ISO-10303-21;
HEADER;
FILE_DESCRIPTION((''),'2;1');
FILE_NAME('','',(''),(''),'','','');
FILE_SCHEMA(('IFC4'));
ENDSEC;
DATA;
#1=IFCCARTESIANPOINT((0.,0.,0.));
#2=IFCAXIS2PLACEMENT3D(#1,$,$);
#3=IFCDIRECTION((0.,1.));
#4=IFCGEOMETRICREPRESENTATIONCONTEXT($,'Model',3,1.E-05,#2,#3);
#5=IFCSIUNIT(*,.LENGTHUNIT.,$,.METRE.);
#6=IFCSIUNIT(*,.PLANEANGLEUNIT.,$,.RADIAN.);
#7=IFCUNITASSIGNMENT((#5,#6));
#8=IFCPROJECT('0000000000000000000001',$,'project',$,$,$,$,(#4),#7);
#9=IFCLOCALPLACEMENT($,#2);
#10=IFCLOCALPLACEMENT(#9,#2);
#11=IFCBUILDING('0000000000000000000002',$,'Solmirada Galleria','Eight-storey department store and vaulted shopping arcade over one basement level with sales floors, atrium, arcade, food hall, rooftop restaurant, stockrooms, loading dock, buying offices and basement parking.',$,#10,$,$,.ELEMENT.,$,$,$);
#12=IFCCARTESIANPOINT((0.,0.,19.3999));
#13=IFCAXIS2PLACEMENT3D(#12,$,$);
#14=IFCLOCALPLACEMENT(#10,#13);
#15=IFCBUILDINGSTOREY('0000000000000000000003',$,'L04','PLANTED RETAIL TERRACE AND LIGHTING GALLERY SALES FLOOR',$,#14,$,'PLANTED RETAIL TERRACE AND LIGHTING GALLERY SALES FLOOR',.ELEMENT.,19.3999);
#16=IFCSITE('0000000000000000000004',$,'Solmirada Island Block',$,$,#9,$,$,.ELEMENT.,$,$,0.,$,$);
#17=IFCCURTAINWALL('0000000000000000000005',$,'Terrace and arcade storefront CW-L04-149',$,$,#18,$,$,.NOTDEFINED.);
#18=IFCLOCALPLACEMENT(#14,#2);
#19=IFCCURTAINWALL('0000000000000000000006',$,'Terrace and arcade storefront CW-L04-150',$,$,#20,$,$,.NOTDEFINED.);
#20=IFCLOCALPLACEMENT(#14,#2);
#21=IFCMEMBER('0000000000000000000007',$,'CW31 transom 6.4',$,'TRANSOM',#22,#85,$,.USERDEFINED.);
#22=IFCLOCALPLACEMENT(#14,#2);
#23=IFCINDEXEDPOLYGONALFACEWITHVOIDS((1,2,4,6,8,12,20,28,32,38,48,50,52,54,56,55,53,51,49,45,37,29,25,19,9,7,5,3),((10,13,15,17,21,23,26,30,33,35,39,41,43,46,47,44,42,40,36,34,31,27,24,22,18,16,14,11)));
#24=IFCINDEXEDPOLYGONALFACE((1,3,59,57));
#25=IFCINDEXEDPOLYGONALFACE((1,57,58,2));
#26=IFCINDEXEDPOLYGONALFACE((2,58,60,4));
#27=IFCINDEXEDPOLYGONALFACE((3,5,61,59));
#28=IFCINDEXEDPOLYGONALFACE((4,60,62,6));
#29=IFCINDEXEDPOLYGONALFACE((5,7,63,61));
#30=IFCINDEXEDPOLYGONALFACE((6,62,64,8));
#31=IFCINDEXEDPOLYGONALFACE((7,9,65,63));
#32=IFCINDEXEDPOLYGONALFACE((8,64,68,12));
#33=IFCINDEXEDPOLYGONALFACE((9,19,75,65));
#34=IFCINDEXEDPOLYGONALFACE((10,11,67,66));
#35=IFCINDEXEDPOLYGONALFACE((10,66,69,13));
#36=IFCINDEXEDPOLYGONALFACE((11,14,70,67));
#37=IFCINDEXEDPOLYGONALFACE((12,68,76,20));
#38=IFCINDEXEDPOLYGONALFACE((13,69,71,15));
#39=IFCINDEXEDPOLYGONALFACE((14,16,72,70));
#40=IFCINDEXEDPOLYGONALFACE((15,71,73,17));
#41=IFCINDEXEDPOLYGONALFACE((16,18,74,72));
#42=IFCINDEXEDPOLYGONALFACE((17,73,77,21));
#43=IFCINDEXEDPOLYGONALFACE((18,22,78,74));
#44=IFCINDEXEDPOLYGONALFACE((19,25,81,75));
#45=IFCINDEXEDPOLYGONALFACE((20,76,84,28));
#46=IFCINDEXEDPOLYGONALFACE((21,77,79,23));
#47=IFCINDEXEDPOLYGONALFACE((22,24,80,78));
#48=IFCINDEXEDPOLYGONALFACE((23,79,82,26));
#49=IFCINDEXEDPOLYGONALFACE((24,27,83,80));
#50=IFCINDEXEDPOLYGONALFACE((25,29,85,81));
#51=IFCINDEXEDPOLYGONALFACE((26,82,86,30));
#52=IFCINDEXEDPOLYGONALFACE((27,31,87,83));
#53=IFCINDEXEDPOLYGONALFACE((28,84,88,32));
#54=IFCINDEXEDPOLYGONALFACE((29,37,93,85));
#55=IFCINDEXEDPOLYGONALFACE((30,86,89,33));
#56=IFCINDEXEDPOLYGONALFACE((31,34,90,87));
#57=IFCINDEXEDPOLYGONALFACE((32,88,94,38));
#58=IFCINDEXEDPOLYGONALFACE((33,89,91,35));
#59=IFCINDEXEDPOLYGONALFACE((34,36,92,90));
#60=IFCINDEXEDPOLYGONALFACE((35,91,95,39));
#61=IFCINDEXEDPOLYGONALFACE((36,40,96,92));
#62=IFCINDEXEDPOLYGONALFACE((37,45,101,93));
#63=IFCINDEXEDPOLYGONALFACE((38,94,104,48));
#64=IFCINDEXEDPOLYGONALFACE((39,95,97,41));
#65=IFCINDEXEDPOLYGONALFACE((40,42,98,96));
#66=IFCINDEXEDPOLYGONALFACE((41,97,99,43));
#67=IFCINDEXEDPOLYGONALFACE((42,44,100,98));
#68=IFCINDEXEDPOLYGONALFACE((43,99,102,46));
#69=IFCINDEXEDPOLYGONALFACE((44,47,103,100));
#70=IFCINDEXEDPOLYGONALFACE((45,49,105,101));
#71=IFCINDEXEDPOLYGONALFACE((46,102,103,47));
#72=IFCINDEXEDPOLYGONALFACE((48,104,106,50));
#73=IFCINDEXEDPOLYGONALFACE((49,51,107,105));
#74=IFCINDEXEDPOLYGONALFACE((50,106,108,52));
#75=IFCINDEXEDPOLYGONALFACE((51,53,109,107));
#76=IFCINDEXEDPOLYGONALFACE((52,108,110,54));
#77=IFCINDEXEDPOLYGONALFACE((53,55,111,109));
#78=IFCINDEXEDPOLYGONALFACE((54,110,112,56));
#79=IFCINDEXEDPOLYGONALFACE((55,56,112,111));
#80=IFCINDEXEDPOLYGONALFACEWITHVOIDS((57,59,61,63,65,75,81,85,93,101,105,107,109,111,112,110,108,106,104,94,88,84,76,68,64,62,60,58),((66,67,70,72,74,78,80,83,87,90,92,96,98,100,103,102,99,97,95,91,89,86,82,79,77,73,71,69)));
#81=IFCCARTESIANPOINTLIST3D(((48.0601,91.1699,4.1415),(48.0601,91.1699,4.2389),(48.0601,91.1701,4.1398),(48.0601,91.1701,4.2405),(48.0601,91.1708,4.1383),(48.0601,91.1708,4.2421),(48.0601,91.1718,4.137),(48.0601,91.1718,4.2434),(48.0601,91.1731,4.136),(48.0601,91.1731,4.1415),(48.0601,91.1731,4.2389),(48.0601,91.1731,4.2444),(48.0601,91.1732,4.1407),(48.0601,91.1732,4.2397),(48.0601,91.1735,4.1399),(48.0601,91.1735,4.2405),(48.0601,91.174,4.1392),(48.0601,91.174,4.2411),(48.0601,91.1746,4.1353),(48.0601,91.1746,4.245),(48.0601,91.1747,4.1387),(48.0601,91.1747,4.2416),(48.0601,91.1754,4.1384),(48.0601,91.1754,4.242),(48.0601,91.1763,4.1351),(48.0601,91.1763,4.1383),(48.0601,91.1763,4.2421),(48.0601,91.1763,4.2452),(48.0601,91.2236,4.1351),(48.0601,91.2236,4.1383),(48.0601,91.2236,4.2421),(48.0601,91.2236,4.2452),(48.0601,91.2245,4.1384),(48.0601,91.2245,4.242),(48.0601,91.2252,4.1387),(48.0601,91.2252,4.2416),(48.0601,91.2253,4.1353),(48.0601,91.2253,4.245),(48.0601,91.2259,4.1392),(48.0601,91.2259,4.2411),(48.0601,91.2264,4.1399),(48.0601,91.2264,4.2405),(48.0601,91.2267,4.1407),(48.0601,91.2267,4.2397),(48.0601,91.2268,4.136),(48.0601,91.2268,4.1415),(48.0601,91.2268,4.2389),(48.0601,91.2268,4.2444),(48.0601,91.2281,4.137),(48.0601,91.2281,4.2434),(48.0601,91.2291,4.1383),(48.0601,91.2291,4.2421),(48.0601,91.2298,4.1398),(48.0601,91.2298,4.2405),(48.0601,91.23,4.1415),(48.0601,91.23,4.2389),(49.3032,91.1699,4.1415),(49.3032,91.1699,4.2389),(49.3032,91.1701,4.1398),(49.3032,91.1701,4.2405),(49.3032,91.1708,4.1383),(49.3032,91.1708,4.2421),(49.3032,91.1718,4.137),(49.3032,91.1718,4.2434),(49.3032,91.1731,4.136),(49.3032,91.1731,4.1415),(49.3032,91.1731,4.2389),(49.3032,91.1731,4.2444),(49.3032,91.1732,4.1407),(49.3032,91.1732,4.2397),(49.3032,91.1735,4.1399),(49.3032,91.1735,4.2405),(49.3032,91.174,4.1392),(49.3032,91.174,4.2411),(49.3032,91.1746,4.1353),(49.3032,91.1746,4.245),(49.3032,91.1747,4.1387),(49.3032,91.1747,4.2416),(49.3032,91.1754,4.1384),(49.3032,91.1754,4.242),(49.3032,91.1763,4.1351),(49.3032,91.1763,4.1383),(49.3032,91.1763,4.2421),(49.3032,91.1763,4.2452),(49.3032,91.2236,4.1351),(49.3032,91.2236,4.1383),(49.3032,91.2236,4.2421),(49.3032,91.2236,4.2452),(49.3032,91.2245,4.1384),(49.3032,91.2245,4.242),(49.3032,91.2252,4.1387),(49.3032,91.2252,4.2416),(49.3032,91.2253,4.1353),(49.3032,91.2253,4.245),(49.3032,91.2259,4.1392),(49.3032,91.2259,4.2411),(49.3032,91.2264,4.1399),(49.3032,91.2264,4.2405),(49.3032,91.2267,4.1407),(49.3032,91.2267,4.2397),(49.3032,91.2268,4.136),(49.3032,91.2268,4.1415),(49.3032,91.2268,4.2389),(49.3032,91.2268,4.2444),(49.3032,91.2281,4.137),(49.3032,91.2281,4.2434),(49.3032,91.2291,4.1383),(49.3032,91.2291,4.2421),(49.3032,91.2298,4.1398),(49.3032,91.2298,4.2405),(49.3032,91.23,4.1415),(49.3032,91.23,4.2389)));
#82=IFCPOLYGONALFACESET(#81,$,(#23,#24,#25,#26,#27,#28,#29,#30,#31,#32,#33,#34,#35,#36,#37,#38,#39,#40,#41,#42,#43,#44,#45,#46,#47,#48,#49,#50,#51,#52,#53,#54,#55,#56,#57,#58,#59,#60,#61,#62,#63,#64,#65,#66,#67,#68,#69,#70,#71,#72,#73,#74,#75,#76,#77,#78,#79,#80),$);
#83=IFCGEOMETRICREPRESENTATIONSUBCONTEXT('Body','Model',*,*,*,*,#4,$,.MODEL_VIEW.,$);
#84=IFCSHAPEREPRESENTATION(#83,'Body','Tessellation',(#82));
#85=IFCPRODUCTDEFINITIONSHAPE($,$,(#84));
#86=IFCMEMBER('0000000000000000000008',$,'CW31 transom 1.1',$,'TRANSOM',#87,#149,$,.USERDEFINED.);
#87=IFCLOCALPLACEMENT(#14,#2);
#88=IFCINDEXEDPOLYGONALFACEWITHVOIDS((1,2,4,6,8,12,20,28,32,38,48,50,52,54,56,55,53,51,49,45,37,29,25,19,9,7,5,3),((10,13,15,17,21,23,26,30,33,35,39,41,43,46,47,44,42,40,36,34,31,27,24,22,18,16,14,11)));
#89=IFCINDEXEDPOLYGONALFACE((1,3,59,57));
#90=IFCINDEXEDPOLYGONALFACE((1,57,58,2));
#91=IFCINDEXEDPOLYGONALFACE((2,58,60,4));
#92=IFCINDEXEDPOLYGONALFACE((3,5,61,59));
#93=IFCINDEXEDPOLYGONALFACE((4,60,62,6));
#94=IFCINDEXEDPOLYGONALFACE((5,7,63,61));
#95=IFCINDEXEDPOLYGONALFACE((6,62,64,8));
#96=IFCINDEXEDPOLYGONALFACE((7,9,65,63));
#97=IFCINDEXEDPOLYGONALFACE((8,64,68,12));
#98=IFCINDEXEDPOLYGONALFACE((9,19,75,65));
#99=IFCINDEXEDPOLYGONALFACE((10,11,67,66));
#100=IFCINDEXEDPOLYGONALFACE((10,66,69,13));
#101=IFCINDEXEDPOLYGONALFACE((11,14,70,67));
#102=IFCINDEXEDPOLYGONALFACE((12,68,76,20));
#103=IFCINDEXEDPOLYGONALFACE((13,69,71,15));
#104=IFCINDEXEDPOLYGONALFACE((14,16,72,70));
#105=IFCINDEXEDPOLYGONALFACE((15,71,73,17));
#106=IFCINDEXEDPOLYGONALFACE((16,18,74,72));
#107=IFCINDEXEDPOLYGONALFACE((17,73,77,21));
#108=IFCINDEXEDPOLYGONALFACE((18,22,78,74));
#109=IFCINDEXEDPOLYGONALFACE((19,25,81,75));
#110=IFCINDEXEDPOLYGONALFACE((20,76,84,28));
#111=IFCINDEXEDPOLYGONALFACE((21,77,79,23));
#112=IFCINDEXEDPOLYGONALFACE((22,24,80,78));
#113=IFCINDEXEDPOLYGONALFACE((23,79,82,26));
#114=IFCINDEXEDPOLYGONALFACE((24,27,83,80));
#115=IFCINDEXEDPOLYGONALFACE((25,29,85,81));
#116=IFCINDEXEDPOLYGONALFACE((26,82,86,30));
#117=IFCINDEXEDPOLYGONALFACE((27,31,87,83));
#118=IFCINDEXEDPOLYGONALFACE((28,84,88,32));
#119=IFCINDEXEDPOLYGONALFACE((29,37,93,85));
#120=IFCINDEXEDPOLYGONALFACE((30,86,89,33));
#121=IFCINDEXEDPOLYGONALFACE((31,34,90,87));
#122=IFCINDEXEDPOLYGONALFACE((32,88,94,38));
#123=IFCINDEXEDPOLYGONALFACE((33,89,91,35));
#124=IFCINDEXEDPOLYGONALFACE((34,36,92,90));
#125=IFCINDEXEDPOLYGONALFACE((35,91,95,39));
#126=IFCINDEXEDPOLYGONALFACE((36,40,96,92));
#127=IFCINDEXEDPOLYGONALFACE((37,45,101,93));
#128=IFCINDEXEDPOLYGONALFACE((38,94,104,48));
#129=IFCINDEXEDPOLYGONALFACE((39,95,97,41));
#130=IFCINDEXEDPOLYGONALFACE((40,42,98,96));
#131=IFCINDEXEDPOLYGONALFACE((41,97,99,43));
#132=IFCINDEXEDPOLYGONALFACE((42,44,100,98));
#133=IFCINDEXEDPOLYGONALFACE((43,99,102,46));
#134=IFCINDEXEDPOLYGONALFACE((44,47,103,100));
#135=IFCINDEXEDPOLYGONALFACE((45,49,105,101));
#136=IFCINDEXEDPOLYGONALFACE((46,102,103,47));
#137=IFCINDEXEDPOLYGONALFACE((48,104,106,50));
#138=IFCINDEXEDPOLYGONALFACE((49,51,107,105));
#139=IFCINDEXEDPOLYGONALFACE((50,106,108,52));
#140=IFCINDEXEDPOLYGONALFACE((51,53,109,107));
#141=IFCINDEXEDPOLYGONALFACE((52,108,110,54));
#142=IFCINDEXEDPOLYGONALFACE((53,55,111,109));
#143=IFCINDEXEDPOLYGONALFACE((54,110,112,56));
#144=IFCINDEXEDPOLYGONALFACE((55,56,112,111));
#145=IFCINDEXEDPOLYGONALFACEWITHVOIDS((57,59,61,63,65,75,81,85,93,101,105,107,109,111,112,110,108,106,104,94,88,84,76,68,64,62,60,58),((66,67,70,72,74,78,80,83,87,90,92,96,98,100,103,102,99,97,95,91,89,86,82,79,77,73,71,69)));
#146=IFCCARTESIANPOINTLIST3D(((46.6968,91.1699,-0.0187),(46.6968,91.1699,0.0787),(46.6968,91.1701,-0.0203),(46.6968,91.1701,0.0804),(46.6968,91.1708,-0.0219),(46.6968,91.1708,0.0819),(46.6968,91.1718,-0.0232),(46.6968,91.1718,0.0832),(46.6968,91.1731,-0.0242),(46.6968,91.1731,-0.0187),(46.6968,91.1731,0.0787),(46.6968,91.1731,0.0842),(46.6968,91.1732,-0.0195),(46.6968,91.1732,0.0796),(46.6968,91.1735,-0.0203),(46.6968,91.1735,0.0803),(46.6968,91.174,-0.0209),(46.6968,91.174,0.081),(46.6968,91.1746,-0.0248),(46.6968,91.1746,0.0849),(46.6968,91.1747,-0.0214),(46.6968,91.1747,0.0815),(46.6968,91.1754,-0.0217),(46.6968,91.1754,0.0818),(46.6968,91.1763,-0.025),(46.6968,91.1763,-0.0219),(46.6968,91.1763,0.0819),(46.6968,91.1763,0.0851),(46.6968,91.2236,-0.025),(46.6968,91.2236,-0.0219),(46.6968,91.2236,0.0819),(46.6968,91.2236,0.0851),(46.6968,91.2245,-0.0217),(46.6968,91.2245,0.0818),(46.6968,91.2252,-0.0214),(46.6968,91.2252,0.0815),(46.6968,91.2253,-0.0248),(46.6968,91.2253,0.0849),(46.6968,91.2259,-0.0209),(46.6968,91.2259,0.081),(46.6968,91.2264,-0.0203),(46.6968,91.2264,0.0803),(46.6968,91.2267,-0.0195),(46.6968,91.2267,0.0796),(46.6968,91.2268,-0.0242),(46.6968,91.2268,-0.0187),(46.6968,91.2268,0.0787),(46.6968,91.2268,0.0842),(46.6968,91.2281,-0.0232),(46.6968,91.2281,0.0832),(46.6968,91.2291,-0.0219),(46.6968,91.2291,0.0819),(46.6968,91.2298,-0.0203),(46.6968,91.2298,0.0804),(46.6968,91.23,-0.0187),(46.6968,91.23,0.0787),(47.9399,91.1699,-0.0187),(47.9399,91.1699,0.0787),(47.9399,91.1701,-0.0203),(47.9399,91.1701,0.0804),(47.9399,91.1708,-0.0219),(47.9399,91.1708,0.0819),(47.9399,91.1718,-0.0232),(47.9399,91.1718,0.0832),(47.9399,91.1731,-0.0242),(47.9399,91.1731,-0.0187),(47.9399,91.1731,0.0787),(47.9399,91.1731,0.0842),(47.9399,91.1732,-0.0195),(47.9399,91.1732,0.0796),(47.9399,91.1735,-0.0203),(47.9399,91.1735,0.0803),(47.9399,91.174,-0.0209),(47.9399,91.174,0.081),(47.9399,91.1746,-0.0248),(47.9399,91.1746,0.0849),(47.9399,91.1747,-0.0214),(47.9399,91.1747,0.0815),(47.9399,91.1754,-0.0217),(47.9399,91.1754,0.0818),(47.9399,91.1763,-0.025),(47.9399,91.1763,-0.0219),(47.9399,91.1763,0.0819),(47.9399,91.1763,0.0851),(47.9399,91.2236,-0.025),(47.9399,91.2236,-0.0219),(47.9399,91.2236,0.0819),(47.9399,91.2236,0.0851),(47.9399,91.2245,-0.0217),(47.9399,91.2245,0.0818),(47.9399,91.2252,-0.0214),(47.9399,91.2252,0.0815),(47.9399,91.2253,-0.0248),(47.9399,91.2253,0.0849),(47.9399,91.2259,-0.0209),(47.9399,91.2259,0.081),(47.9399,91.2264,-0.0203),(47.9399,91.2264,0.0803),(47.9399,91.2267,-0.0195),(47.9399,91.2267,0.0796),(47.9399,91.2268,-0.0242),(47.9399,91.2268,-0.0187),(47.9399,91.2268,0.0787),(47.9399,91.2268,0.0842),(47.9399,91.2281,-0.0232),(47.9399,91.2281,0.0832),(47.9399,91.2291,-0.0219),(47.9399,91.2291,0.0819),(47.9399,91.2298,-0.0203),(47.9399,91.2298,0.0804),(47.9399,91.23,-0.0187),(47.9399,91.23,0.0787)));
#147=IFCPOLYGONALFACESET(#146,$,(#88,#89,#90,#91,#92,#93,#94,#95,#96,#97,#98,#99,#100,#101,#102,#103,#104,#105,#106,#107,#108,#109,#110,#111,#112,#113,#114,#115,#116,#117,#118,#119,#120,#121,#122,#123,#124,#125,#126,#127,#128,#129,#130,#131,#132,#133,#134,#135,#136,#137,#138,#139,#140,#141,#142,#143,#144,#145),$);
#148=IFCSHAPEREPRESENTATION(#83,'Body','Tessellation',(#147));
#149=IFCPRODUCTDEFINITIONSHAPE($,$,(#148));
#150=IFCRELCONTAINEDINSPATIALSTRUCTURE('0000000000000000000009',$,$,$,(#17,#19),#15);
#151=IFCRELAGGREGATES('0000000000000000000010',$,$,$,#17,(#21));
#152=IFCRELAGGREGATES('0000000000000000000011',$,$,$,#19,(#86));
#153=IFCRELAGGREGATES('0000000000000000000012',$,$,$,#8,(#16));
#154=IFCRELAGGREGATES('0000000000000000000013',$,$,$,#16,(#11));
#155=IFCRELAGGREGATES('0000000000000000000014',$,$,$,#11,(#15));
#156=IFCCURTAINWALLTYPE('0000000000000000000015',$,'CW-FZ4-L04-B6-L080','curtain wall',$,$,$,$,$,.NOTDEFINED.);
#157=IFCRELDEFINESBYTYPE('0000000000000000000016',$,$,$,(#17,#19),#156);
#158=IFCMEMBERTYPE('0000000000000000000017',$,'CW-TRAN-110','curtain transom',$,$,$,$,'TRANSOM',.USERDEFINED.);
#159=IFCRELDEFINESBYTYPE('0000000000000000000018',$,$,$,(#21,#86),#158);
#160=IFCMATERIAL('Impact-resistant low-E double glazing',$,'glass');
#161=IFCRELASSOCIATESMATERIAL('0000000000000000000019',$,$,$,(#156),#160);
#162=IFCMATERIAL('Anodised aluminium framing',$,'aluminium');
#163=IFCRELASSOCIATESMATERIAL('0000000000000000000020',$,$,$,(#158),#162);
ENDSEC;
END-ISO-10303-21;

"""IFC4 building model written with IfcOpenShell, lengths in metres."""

from ifc_helpers import new_model, si_unit, direction, frame, origin, origin_2d, place, context, subcontext, project, spatial, hollow_rectangle, extrude, material, material_profile, profile_set, type_object, element, aggregate, save


model = new_model("IFC4")

# Units and contexts
model_context = context("Model", 3, precision=1e-05, world=origin(), true_north=direction((0.0, 1.0)))
body_context = subcontext(model_context, "Body", "Model", "MODEL_VIEW")
ifc_project = project(units=[si_unit("LENGTHUNIT", "METRE"), si_unit("PLANEANGLEUNIT", "RADIAN")], contexts=[model_context])

# Site, building, storey
site_placement = place(None, origin())
site = spatial("IfcSite", under=ifc_project, at=site_placement, Name="Solmirada Island Block", CompositionType="ELEMENT", RefElevation=0.0)
building_placement = place(site_placement, origin())
building = spatial("IfcBuilding", under=site, at=building_placement, Name="Solmirada Galleria", Description="Eight-storey department store and vaulted shopping arcade over one basement level with sales floors, atrium, arcade, food hall, rooftop restaurant, stockrooms, loading dock, buying offices and basement parking.", CompositionType="ELEMENT")
storey_placement = place(building_placement, frame((0.0, 0.0, 19.3999)))
storey = spatial("IfcBuildingStorey", under=building, at=storey_placement, Name="L04", Description="PLANTED RETAIL TERRACE AND LIGHTING GALLERY SALES FLOOR", LongName="PLANTED RETAIL TERRACE AND LIGHTING GALLERY SALES FLOOR", CompositionType="ELEMENT", Elevation=19.3999)

# Curtain walls
ifc_material_1 = material(Name="Impact-resistant low-E double glazing", Category="glass")
curtain_wall_type = type_object("IfcCurtainWallType", Name="CW-FZ4-L04-B6-L080", Description="curtain wall", PredefinedType="NOTDEFINED", material=ifc_material_1)
curtain_wall_1_placement = place(storey_placement, origin())
curtain_wall_1 = element("IfcCurtainWall", 1, at=curtain_wall_1_placement, inside=storey, type_object=curtain_wall_type, Name="Terrace and arcade storefront CW-L04-149", PredefinedType="NOTDEFINED")
ifc_material_2 = material(Name="Anodised aluminium framing", Category="aluminium")
curtain_wall_2_placement = place(storey_placement, origin())
curtain_wall_2 = element("IfcCurtainWall", 2, at=curtain_wall_2_placement, inside=storey, type_object=curtain_wall_type, Name="Terrace and arcade storefront CW-L04-150", PredefinedType="NOTDEFINED")

# Members
ifc_material_profile_1 = material_profile(ifc_material_2, hollow_rectangle(XDim=0.0601, YDim=0.1101, WallThickness=0.0032, InnerFilletRadius=0.0032, OuterFilletRadius=0.0063, at=origin_2d()), Name="ALU-TRAN-110X60")
ifc_profile_set_1 = profile_set([ifc_material_profile_1], Name="Anodised aluminium framing")
member_type_1 = type_object("IfcMemberType", Name="CW-TRAN-110", Description="curtain transom", ElementType="TRANSOM", PredefinedType="USERDEFINED", material=ifc_profile_set_1)
member_1_placement = place(storey_placement, frame((49.3032, 91.2, 4.1902), z_axis=(-1.0, 0.0, 0.0), x_axis=(0.0, -1.0, 0.0)))
member_1 = element("IfcMember", 3, at=member_1_placement, type_object=member_type_1, Name="CW31 transom 6.4", ObjectType="TRANSOM", PredefinedType="USERDEFINED", context=body_context, shape_type="SweptSolid", body=[
    extrude(hollow_rectangle(XDim=0.0601, YDim=0.1101, WallThickness=0.0032, InnerFilletRadius=0.0032, OuterFilletRadius=0.0063, at=origin_2d()), origin(), (0.0, 0.0, 1.0), 1.2432),
])
member_2_placement = place(storey_placement, frame((47.9399, 91.2, 0.03), z_axis=(-1.0, 0.0, 0.0), x_axis=(0.0, -1.0, 0.0)))
member_2 = element("IfcMember", 4, at=member_2_placement, type_object=member_type_1, Name="CW31 transom 1.1", ObjectType="TRANSOM", PredefinedType="USERDEFINED", context=body_context, shape_type="SweptSolid", body=[
    extrude(hollow_rectangle(XDim=0.0601, YDim=0.1101, WallThickness=0.0032, InnerFilletRadius=0.0032, OuterFilletRadius=0.0063, at=origin_2d()), origin(), (0.0, 0.0, 1.0), 1.2432),
])

aggregate(curtain_wall_1, [member_1])
aggregate(curtain_wall_2, [member_2])

save(model, "model.ifc")
